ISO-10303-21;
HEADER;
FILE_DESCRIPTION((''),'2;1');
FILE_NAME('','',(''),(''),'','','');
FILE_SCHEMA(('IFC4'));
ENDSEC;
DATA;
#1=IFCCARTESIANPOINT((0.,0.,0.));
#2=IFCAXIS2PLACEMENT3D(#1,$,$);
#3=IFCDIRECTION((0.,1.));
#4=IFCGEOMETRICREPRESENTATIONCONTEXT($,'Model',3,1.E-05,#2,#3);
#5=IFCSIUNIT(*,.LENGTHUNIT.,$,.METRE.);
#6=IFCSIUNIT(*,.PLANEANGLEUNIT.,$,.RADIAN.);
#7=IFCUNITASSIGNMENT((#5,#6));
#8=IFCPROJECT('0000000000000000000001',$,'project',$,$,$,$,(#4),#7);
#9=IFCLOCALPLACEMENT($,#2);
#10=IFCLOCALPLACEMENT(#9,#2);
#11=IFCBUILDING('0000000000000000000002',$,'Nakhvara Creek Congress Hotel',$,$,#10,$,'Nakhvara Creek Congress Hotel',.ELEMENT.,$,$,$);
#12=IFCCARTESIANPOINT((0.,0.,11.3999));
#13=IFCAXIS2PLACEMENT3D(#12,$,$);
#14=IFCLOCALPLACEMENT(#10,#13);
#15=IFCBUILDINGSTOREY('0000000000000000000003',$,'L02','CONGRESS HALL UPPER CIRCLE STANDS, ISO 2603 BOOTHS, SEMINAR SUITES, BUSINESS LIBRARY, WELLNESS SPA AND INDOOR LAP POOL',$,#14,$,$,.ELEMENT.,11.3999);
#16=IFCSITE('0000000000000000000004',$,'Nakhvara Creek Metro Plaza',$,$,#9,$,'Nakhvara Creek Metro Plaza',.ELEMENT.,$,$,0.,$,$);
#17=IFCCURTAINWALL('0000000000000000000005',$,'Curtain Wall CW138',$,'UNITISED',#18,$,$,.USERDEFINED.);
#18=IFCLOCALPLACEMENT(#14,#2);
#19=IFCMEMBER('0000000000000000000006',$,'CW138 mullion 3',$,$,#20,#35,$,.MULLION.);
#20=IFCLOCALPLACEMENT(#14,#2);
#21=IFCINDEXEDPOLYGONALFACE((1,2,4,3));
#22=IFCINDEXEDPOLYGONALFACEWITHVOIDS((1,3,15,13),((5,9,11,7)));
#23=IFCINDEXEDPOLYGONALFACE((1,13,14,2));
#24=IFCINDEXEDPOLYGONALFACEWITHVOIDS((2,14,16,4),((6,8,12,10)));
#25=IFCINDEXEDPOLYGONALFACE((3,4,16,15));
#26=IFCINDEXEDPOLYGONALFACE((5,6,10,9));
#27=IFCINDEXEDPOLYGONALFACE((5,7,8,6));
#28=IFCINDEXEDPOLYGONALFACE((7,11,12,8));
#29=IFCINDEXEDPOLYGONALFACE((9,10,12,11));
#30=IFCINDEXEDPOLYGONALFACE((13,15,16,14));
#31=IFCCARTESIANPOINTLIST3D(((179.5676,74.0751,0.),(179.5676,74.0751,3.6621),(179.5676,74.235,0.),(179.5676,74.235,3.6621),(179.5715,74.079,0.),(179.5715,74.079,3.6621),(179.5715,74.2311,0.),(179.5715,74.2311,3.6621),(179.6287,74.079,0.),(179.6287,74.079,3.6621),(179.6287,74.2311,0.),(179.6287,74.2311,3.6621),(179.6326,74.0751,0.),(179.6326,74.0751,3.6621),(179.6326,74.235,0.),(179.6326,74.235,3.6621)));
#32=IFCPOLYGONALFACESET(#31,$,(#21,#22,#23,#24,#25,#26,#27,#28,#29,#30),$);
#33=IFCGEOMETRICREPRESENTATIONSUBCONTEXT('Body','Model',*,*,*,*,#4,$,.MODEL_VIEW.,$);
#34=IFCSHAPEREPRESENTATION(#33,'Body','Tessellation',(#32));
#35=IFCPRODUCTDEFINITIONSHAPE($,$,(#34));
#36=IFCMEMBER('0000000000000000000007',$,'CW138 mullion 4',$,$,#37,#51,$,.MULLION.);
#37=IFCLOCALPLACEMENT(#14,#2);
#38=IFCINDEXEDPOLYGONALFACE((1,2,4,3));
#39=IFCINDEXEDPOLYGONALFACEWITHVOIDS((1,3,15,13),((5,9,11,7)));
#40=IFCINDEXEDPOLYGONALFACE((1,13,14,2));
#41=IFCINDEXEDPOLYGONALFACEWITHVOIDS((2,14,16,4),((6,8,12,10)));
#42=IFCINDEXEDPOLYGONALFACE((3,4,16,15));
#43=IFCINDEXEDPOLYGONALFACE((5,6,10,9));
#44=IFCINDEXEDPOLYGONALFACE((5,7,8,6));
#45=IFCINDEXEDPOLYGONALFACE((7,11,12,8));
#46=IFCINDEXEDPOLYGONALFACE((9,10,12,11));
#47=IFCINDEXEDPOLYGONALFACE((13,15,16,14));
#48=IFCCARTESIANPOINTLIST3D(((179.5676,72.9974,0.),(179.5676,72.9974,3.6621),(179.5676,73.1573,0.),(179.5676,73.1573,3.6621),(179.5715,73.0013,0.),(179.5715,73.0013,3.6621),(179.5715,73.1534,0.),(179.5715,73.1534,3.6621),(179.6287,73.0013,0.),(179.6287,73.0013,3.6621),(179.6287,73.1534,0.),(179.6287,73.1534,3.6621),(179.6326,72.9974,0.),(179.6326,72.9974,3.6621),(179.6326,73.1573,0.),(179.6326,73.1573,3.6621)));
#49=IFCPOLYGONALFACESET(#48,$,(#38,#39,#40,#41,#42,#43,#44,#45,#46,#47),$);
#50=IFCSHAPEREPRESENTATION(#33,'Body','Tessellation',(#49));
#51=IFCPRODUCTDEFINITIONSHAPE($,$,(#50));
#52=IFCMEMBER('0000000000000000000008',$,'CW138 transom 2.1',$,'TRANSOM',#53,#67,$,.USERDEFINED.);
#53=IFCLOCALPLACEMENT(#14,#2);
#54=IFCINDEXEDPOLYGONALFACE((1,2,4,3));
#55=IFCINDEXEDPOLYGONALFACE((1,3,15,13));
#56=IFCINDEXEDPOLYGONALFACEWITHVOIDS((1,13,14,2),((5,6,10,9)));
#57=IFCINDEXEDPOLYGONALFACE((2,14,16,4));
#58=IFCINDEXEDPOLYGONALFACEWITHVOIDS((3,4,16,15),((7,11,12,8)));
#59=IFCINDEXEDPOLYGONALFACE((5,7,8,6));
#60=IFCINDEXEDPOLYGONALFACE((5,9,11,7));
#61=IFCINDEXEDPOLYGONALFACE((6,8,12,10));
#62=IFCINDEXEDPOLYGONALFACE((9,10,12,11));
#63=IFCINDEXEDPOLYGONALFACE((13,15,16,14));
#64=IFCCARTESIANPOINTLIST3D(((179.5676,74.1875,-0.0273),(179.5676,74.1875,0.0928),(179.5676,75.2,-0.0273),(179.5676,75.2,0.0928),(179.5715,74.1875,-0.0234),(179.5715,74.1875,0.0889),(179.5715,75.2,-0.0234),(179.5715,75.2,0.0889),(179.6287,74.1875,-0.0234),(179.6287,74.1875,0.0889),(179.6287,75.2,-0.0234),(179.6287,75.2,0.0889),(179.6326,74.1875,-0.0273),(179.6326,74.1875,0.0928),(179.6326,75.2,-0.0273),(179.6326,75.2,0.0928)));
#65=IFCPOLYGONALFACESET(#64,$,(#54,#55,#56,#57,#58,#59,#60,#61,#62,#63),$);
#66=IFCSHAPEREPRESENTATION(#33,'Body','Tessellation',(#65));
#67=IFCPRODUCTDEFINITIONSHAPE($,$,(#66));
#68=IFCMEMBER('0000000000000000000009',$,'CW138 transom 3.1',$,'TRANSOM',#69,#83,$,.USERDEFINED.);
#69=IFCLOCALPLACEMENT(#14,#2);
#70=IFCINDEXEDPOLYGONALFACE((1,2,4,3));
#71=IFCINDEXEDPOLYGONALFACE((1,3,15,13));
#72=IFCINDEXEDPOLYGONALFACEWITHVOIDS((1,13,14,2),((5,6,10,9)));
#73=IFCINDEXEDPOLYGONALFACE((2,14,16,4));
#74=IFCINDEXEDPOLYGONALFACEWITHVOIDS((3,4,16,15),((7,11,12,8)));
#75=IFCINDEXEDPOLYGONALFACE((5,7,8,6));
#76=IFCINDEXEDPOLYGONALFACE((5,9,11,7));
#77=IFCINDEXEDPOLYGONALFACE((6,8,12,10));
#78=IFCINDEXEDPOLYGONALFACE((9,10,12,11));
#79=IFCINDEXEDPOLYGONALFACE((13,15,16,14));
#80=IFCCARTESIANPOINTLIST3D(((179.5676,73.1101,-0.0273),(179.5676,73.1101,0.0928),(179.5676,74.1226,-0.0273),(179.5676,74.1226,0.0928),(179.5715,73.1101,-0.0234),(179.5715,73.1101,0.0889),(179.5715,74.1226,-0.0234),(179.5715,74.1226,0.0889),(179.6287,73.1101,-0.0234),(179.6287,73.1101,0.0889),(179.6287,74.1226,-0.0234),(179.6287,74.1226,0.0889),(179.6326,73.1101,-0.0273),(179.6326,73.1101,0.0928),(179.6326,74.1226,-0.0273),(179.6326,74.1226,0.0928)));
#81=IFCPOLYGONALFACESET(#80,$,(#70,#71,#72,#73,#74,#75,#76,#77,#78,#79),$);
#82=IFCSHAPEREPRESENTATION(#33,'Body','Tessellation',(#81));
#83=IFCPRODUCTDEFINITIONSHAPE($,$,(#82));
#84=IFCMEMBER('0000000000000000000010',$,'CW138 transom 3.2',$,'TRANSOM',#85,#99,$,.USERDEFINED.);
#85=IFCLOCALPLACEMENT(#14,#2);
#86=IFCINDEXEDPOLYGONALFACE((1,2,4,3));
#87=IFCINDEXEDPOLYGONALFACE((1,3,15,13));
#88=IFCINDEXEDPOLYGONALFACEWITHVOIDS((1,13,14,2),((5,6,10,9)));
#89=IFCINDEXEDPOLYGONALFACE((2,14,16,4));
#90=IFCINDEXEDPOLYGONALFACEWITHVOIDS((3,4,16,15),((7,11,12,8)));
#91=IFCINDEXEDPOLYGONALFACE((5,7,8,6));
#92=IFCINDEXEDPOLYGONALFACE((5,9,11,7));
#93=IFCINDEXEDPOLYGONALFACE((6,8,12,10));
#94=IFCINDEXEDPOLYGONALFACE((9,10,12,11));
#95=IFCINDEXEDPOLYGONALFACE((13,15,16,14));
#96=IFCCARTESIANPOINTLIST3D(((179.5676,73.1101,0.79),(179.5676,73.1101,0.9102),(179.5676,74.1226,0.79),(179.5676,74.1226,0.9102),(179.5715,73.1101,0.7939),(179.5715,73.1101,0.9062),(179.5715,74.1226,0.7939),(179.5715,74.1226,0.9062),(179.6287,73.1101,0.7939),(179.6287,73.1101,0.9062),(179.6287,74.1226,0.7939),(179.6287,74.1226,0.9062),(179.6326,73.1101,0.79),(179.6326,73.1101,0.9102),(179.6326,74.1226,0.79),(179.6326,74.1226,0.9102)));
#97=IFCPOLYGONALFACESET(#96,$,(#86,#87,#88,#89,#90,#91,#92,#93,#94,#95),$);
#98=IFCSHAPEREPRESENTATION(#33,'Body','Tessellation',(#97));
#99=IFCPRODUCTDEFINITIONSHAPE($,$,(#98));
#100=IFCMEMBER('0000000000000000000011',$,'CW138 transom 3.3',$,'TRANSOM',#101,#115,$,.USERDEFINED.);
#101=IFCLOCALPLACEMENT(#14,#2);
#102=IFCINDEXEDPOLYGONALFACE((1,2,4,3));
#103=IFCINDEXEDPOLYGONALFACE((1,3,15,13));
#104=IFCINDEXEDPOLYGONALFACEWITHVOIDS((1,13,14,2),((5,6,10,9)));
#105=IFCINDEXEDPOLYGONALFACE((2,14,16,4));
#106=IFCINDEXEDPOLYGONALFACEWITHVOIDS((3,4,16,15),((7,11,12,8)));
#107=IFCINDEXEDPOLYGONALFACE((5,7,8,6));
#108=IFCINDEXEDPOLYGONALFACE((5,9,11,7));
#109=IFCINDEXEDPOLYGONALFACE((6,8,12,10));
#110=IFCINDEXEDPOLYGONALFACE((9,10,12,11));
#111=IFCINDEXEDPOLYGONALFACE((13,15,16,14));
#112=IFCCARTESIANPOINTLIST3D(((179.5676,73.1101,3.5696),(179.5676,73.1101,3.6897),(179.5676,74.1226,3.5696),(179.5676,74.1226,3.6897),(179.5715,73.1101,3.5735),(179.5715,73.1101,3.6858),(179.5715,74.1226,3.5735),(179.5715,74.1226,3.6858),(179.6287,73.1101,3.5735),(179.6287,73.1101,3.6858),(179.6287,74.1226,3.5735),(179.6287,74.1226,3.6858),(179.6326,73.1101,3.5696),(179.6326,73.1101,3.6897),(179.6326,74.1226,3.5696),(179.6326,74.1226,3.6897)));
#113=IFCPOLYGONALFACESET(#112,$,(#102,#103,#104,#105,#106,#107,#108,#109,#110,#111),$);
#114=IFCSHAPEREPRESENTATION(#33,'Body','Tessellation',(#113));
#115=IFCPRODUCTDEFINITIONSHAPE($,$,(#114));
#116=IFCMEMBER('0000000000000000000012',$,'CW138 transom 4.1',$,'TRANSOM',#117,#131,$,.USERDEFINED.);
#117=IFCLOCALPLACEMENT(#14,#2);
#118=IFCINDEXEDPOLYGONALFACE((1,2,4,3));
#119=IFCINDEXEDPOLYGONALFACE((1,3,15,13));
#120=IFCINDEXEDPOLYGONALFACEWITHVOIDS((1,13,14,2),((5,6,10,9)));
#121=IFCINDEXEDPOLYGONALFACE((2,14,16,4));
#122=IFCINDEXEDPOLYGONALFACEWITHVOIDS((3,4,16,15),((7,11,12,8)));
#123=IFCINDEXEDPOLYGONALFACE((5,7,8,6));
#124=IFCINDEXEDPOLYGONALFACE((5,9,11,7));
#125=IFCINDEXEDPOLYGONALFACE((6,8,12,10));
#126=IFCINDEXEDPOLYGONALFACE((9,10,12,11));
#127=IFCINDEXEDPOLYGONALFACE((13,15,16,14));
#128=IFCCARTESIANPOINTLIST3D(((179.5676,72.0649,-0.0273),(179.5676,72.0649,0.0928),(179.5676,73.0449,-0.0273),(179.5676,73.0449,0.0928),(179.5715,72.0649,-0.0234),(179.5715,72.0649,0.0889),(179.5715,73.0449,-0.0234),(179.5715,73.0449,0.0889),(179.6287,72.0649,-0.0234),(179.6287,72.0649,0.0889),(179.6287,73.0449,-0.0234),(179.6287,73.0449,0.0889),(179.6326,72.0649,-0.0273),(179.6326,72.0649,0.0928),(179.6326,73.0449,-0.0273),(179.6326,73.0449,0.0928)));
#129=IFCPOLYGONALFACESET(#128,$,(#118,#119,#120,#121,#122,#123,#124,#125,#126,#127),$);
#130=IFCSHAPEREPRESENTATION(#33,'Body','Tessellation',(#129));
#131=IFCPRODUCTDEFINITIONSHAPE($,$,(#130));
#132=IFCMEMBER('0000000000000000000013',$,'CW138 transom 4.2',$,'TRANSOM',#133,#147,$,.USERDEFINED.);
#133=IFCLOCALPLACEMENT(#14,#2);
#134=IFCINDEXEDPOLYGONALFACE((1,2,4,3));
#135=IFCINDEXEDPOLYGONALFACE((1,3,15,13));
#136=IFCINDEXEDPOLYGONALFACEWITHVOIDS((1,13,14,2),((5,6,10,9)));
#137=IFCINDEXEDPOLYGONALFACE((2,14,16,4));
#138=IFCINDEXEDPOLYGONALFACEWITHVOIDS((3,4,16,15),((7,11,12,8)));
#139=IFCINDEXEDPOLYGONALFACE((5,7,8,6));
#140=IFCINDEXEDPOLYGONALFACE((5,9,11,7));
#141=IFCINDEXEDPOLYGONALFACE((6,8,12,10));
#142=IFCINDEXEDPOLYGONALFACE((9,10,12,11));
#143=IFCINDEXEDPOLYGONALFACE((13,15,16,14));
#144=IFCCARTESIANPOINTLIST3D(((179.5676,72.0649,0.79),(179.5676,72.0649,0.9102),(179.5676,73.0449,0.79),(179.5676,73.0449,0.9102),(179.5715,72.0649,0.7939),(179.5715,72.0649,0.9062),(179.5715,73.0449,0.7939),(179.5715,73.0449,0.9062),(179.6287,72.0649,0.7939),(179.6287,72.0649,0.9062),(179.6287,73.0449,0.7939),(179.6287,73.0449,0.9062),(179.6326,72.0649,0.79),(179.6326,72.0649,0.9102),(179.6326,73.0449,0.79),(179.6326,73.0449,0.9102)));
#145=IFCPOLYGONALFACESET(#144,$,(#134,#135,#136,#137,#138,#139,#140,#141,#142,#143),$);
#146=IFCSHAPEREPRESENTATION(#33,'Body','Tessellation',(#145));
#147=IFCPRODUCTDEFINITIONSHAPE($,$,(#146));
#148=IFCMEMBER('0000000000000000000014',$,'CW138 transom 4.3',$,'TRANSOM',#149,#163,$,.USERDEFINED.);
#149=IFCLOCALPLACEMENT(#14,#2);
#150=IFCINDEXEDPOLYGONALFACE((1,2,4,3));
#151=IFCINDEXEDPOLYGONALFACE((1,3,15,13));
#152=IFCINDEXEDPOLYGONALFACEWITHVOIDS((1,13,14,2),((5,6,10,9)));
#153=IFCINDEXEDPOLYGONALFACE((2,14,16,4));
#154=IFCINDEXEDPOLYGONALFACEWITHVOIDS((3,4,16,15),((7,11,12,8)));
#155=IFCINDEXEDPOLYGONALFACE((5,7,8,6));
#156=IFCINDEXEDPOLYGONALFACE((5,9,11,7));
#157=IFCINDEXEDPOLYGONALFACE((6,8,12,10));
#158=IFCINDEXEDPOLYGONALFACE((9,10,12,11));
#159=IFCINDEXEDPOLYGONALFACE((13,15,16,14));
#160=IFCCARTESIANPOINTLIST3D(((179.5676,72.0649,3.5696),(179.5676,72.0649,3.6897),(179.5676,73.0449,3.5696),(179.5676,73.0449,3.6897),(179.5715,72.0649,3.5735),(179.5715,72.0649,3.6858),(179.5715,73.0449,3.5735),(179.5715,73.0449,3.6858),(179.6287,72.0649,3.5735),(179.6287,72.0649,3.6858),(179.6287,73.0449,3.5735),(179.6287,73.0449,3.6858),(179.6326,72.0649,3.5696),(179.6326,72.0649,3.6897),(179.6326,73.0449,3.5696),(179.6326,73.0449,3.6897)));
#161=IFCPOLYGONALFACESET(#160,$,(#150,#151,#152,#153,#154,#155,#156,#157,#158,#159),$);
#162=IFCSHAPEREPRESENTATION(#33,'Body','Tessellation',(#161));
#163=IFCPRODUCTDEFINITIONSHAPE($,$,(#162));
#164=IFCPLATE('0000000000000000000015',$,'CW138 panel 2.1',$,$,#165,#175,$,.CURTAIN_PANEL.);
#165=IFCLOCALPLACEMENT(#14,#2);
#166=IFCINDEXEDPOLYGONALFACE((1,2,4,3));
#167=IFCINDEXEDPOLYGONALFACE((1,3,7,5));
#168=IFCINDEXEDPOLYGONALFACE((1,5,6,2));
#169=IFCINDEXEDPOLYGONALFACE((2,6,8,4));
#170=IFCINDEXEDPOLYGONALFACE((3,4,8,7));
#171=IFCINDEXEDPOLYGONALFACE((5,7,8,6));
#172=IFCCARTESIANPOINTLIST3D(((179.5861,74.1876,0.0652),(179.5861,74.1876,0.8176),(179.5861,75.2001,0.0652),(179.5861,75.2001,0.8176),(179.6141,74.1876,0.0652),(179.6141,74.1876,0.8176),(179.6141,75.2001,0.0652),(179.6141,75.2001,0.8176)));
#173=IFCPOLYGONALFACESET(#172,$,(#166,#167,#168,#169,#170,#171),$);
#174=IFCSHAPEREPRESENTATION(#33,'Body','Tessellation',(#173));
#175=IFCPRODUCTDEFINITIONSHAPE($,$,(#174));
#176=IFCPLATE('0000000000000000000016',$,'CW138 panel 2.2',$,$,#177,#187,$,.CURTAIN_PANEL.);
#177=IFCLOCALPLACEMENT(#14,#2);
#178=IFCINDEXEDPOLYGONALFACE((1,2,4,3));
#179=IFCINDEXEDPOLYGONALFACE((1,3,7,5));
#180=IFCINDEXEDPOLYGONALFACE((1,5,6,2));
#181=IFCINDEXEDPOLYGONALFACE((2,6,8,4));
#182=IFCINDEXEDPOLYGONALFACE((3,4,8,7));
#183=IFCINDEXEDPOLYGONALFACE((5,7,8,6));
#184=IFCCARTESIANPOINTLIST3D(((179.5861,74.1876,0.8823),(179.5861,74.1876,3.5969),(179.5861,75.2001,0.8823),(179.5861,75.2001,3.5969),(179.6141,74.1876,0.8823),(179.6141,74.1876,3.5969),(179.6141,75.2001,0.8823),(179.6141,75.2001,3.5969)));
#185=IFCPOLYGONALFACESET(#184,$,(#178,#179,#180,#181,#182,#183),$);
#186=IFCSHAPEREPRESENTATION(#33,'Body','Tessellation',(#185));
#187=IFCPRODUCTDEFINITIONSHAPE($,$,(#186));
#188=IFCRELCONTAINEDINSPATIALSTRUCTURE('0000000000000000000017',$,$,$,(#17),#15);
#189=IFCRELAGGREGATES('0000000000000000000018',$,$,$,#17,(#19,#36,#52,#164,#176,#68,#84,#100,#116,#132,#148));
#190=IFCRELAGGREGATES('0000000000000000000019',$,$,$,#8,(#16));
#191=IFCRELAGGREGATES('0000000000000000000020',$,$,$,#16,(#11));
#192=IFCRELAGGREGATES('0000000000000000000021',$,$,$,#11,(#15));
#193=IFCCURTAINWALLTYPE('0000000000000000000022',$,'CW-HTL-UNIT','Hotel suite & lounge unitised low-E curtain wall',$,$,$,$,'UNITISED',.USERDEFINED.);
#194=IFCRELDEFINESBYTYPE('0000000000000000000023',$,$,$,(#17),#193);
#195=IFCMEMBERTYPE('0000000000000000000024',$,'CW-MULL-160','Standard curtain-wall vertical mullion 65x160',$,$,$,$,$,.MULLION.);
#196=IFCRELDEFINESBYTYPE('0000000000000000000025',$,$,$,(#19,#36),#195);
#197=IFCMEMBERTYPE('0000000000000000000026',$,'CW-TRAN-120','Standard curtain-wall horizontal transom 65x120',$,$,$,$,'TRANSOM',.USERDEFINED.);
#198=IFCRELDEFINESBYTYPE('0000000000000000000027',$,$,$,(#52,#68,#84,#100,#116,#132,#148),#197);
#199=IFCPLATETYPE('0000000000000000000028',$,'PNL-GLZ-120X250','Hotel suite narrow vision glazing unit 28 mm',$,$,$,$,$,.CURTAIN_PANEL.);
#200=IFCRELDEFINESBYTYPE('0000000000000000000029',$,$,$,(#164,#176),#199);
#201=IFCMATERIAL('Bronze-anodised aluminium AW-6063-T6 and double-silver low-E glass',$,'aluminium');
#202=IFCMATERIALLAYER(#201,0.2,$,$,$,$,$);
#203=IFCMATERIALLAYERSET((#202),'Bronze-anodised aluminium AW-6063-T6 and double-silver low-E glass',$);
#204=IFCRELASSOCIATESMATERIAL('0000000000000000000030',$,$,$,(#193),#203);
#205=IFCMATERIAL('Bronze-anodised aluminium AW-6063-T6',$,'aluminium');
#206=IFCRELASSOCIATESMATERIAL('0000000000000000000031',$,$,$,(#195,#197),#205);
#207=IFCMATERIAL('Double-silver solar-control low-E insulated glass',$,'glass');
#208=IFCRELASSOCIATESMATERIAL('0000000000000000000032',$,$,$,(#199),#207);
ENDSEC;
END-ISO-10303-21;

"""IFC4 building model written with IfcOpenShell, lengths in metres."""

from ifc_helpers import new_model, si_unit, direction, frame, origin, origin_2d, place, context, subcontext, project, spatial, rectangle, hollow_rectangle, extrude, material, layer, layer_set, material_profile, profile_set, type_object, element, aggregate, save


model = new_model("IFC4")

# Units and contexts
model_context = context("Model", 3, precision=1e-05, world=origin(), true_north=direction((0.0, 1.0)))
body_context = subcontext(model_context, "Body", "Model", "MODEL_VIEW")
ifc_project = project(units=[si_unit("LENGTHUNIT", "METRE"), si_unit("PLANEANGLEUNIT", "RADIAN")], contexts=[model_context])

# Site, building, storey
site_placement = place(None, origin())
site = spatial("IfcSite", under=ifc_project, at=site_placement, Name="Nakhvara Creek Metro Plaza", LongName="Nakhvara Creek Metro Plaza", CompositionType="ELEMENT", RefElevation=0.0)
building_placement = place(site_placement, origin())
building = spatial("IfcBuilding", under=site, at=building_placement, Name="Nakhvara Creek Congress Hotel", LongName="Nakhvara Creek Congress Hotel", CompositionType="ELEMENT")
storey_placement = place(building_placement, frame((0.0, 0.0, 11.3999)))
storey = spatial("IfcBuildingStorey", under=building, at=storey_placement, Name="L02", Description="CONGRESS HALL UPPER CIRCLE STANDS, ISO 2603 BOOTHS, SEMINAR SUITES, BUSINESS LIBRARY, WELLNESS SPA AND INDOOR LAP POOL", CompositionType="ELEMENT", Elevation=11.3999)

# Curtain wall, members, plates
ifc_material_1 = material(Name="Bronze-anodised aluminium AW-6063-T6 and double-silver low-E glass", Category="aluminium")
ifc_layer_1 = layer(ifc_material_1, 0.2)
ifc_layer_set_1 = layer_set([ifc_layer_1], Name="Bronze-anodised aluminium AW-6063-T6 and double-silver low-E glass")
curtain_wall_type = type_object("IfcCurtainWallType", Name="CW-HTL-UNIT", Description="Hotel suite & lounge unitised low-E curtain wall", ElementType="UNITISED", PredefinedType="USERDEFINED", material=ifc_layer_set_1)
curtain_wall_placement = place(storey_placement, origin())
curtain_wall = element("IfcCurtainWall", 1, at=curtain_wall_placement, inside=storey, type_object=curtain_wall_type, Name="Curtain Wall CW138", ObjectType="UNITISED", PredefinedType="USERDEFINED")
ifc_material_2 = material(Name="Bronze-anodised aluminium AW-6063-T6", Category="aluminium")
ifc_material_profile_1 = material_profile(ifc_material_2, hollow_rectangle(XDim=0.0649, YDim=0.1599, WallThickness=0.0039, at=origin_2d()), Name="ALU-MULL 65x160x4", Category="LoadBearing")
ifc_profile_set_1 = profile_set([ifc_material_profile_1], Name="Bronze-anodised aluminium AW-6063-T6")
member_type_1 = type_object("IfcMemberType", Name="CW-MULL-160", Description="Standard curtain-wall vertical mullion 65x160", PredefinedType="MULLION", material=ifc_profile_set_1)
member_1_placement = place(storey_placement, frame((179.6001, 74.155, 0.0), z_axis=(0.0, 0.0, 1.0), x_axis=(1.0, 0.0, 0.0)))
member_1 = element("IfcMember", 2, at=member_1_placement, type_object=member_type_1, Name="CW138 mullion 3", PredefinedType="MULLION", context=body_context, shape_type="SweptSolid", body=[
    extrude(hollow_rectangle(XDim=0.0649, YDim=0.1599, WallThickness=0.0039, at=origin_2d()), origin(), (0.0, 0.0, 1.0), 3.6621),
])
member_2_placement = place(storey_placement, frame((179.6001, 73.0774, 0.0), z_axis=(0.0, 0.0, 1.0), x_axis=(1.0, 0.0, 0.0)))
member_2 = element("IfcMember", 3, at=member_2_placement, type_object=member_type_1, Name="CW138 mullion 4", PredefinedType="MULLION", context=body_context, shape_type="SweptSolid", body=[
    extrude(hollow_rectangle(XDim=0.0649, YDim=0.1599, WallThickness=0.0039, at=origin_2d()), origin(), (0.0, 0.0, 1.0), 3.6621),
])
ifc_material_profile_2 = material_profile(ifc_material_2, hollow_rectangle(XDim=0.0649, YDim=0.1201, WallThickness=0.0039, at=origin_2d()), Name="ALU-TRAN 65x120x4", Category="LoadBearing")
ifc_profile_set_2 = profile_set([ifc_material_profile_2], Name="Bronze-anodised aluminium AW-6063-T6")
member_type_2 = type_object("IfcMemberType", Name="CW-TRAN-120", Description="Standard curtain-wall horizontal transom 65x120", ElementType="TRANSOM", PredefinedType="USERDEFINED", material=ifc_profile_set_2)
member_3_placement = place(storey_placement, frame((179.6001, 75.2, 0.0327), z_axis=(0.0, -1.0, 0.0), x_axis=(1.0, 0.0, 0.0)))
member_3 = element("IfcMember", 4, at=member_3_placement, type_object=member_type_2, Name="CW138 transom 2.1", ObjectType="TRANSOM", PredefinedType="USERDEFINED", context=body_context, shape_type="SweptSolid", body=[
    extrude(hollow_rectangle(XDim=0.0649, YDim=0.1201, WallThickness=0.0039, at=origin_2d()), origin(), (0.0, 0.0, 1.0), 1.0125),
])
member_4_placement = place(storey_placement, frame((179.6001, 74.1226, 0.0327), z_axis=(0.0, -1.0, 0.0), x_axis=(1.0, 0.0, 0.0)))
member_4 = element("IfcMember", 5, at=member_4_placement, type_object=member_type_2, Name="CW138 transom 3.1", ObjectType="TRANSOM", PredefinedType="USERDEFINED", context=body_context, shape_type="SweptSolid", body=[
    extrude(hollow_rectangle(XDim=0.0649, YDim=0.1201, WallThickness=0.0039, at=origin_2d()), origin(), (0.0, 0.0, 1.0), 1.0125),
])
member_5_placement = place(storey_placement, frame((179.6001, 74.1226, 0.8501), z_axis=(0.0, -1.0, 0.0), x_axis=(1.0, 0.0, 0.0)))
member_5 = element("IfcMember", 6, at=member_5_placement, type_object=member_type_2, Name="CW138 transom 3.2", ObjectType="TRANSOM", PredefinedType="USERDEFINED", context=body_context, shape_type="SweptSolid", body=[
    extrude(hollow_rectangle(XDim=0.0649, YDim=0.1201, WallThickness=0.0039, at=origin_2d()), origin(), (0.0, 0.0, 1.0), 1.0125),
])
member_6_placement = place(storey_placement, frame((179.6001, 74.1226, 3.6296), z_axis=(0.0, -1.0, 0.0), x_axis=(1.0, 0.0, 0.0)))
member_6 = element("IfcMember", 7, at=member_6_placement, type_object=member_type_2, Name="CW138 transom 3.3", ObjectType="TRANSOM", PredefinedType="USERDEFINED", context=body_context, shape_type="SweptSolid", body=[
    extrude(hollow_rectangle(XDim=0.0649, YDim=0.1201, WallThickness=0.0039, at=origin_2d()), origin(), (0.0, 0.0, 1.0), 1.0125),
])
member_7_placement = place(storey_placement, frame((179.6001, 73.0449, 0.0327), z_axis=(0.0, -1.0, 0.0), x_axis=(1.0, 0.0, 0.0)))
member_7 = element("IfcMember", 8, at=member_7_placement, type_object=member_type_2, Name="CW138 transom 4.1", ObjectType="TRANSOM", PredefinedType="USERDEFINED", context=body_context, shape_type="SweptSolid", body=[
    extrude(hollow_rectangle(XDim=0.0649, YDim=0.1201, WallThickness=0.0039, at=origin_2d()), origin(), (0.0, 0.0, 1.0), 0.98),
])
member_8_placement = place(storey_placement, frame((179.6001, 73.0449, 0.8501), z_axis=(0.0, -1.0, 0.0), x_axis=(1.0, 0.0, 0.0)))
member_8 = element("IfcMember", 9, at=member_8_placement, type_object=member_type_2, Name="CW138 transom 4.2", ObjectType="TRANSOM", PredefinedType="USERDEFINED", context=body_context, shape_type="SweptSolid", body=[
    extrude(hollow_rectangle(XDim=0.0649, YDim=0.1201, WallThickness=0.0039, at=origin_2d()), origin(), (0.0, 0.0, 1.0), 0.98),
])
member_9_placement = place(storey_placement, frame((179.6001, 73.0449, 3.6296), z_axis=(0.0, -1.0, 0.0), x_axis=(1.0, 0.0, 0.0)))
member_9 = element("IfcMember", 10, at=member_9_placement, type_object=member_type_2, Name="CW138 transom 4.3", ObjectType="TRANSOM", PredefinedType="USERDEFINED", context=body_context, shape_type="SweptSolid", body=[
    extrude(hollow_rectangle(XDim=0.0649, YDim=0.1201, WallThickness=0.0039, at=origin_2d()), origin(), (0.0, 0.0, 1.0), 0.98),
])
ifc_material_3 = material(Name="Double-silver solar-control low-E insulated glass", Category="glass")
plate_type = type_object("IfcPlateType", Name="PNL-GLZ-120X250", Description="Hotel suite narrow vision glazing unit 28 mm", PredefinedType="CURTAIN_PANEL", material=ifc_material_3)
plate_1_placement = place(storey_placement, frame((179.6001, 74.6938, 0.0652), z_axis=(0.0, 0.0, 1.0), x_axis=(0.0, -1.0, 0.0)))
plate_1 = element("IfcPlate", 11, at=plate_1_placement, type_object=plate_type, Name="CW138 panel 2.1", PredefinedType="CURTAIN_PANEL", context=body_context, shape_type="SweptSolid", body=[
    extrude(rectangle(XDim=1.0125, YDim=0.0281, at=origin_2d()), origin(), (0.0, 0.0, 1.0), 0.7524),
])
plate_2_placement = place(storey_placement, frame((179.6001, 74.6938, 0.8823), z_axis=(0.0, 0.0, 1.0), x_axis=(0.0, -1.0, 0.0)))
plate_2 = element("IfcPlate", 12, at=plate_2_placement, type_object=plate_type, Name="CW138 panel 2.2", PredefinedType="CURTAIN_PANEL", context=body_context, shape_type="SweptSolid", body=[
    extrude(rectangle(XDim=1.0125, YDim=0.0281, at=origin_2d()), origin(), (0.0, 0.0, 1.0), 2.7146),
])
aggregate(curtain_wall, [member_1, member_2, member_3, plate_1, plate_2, member_4, member_5, member_6, member_7, member_8, member_9])

save(model, "model.ifc")
